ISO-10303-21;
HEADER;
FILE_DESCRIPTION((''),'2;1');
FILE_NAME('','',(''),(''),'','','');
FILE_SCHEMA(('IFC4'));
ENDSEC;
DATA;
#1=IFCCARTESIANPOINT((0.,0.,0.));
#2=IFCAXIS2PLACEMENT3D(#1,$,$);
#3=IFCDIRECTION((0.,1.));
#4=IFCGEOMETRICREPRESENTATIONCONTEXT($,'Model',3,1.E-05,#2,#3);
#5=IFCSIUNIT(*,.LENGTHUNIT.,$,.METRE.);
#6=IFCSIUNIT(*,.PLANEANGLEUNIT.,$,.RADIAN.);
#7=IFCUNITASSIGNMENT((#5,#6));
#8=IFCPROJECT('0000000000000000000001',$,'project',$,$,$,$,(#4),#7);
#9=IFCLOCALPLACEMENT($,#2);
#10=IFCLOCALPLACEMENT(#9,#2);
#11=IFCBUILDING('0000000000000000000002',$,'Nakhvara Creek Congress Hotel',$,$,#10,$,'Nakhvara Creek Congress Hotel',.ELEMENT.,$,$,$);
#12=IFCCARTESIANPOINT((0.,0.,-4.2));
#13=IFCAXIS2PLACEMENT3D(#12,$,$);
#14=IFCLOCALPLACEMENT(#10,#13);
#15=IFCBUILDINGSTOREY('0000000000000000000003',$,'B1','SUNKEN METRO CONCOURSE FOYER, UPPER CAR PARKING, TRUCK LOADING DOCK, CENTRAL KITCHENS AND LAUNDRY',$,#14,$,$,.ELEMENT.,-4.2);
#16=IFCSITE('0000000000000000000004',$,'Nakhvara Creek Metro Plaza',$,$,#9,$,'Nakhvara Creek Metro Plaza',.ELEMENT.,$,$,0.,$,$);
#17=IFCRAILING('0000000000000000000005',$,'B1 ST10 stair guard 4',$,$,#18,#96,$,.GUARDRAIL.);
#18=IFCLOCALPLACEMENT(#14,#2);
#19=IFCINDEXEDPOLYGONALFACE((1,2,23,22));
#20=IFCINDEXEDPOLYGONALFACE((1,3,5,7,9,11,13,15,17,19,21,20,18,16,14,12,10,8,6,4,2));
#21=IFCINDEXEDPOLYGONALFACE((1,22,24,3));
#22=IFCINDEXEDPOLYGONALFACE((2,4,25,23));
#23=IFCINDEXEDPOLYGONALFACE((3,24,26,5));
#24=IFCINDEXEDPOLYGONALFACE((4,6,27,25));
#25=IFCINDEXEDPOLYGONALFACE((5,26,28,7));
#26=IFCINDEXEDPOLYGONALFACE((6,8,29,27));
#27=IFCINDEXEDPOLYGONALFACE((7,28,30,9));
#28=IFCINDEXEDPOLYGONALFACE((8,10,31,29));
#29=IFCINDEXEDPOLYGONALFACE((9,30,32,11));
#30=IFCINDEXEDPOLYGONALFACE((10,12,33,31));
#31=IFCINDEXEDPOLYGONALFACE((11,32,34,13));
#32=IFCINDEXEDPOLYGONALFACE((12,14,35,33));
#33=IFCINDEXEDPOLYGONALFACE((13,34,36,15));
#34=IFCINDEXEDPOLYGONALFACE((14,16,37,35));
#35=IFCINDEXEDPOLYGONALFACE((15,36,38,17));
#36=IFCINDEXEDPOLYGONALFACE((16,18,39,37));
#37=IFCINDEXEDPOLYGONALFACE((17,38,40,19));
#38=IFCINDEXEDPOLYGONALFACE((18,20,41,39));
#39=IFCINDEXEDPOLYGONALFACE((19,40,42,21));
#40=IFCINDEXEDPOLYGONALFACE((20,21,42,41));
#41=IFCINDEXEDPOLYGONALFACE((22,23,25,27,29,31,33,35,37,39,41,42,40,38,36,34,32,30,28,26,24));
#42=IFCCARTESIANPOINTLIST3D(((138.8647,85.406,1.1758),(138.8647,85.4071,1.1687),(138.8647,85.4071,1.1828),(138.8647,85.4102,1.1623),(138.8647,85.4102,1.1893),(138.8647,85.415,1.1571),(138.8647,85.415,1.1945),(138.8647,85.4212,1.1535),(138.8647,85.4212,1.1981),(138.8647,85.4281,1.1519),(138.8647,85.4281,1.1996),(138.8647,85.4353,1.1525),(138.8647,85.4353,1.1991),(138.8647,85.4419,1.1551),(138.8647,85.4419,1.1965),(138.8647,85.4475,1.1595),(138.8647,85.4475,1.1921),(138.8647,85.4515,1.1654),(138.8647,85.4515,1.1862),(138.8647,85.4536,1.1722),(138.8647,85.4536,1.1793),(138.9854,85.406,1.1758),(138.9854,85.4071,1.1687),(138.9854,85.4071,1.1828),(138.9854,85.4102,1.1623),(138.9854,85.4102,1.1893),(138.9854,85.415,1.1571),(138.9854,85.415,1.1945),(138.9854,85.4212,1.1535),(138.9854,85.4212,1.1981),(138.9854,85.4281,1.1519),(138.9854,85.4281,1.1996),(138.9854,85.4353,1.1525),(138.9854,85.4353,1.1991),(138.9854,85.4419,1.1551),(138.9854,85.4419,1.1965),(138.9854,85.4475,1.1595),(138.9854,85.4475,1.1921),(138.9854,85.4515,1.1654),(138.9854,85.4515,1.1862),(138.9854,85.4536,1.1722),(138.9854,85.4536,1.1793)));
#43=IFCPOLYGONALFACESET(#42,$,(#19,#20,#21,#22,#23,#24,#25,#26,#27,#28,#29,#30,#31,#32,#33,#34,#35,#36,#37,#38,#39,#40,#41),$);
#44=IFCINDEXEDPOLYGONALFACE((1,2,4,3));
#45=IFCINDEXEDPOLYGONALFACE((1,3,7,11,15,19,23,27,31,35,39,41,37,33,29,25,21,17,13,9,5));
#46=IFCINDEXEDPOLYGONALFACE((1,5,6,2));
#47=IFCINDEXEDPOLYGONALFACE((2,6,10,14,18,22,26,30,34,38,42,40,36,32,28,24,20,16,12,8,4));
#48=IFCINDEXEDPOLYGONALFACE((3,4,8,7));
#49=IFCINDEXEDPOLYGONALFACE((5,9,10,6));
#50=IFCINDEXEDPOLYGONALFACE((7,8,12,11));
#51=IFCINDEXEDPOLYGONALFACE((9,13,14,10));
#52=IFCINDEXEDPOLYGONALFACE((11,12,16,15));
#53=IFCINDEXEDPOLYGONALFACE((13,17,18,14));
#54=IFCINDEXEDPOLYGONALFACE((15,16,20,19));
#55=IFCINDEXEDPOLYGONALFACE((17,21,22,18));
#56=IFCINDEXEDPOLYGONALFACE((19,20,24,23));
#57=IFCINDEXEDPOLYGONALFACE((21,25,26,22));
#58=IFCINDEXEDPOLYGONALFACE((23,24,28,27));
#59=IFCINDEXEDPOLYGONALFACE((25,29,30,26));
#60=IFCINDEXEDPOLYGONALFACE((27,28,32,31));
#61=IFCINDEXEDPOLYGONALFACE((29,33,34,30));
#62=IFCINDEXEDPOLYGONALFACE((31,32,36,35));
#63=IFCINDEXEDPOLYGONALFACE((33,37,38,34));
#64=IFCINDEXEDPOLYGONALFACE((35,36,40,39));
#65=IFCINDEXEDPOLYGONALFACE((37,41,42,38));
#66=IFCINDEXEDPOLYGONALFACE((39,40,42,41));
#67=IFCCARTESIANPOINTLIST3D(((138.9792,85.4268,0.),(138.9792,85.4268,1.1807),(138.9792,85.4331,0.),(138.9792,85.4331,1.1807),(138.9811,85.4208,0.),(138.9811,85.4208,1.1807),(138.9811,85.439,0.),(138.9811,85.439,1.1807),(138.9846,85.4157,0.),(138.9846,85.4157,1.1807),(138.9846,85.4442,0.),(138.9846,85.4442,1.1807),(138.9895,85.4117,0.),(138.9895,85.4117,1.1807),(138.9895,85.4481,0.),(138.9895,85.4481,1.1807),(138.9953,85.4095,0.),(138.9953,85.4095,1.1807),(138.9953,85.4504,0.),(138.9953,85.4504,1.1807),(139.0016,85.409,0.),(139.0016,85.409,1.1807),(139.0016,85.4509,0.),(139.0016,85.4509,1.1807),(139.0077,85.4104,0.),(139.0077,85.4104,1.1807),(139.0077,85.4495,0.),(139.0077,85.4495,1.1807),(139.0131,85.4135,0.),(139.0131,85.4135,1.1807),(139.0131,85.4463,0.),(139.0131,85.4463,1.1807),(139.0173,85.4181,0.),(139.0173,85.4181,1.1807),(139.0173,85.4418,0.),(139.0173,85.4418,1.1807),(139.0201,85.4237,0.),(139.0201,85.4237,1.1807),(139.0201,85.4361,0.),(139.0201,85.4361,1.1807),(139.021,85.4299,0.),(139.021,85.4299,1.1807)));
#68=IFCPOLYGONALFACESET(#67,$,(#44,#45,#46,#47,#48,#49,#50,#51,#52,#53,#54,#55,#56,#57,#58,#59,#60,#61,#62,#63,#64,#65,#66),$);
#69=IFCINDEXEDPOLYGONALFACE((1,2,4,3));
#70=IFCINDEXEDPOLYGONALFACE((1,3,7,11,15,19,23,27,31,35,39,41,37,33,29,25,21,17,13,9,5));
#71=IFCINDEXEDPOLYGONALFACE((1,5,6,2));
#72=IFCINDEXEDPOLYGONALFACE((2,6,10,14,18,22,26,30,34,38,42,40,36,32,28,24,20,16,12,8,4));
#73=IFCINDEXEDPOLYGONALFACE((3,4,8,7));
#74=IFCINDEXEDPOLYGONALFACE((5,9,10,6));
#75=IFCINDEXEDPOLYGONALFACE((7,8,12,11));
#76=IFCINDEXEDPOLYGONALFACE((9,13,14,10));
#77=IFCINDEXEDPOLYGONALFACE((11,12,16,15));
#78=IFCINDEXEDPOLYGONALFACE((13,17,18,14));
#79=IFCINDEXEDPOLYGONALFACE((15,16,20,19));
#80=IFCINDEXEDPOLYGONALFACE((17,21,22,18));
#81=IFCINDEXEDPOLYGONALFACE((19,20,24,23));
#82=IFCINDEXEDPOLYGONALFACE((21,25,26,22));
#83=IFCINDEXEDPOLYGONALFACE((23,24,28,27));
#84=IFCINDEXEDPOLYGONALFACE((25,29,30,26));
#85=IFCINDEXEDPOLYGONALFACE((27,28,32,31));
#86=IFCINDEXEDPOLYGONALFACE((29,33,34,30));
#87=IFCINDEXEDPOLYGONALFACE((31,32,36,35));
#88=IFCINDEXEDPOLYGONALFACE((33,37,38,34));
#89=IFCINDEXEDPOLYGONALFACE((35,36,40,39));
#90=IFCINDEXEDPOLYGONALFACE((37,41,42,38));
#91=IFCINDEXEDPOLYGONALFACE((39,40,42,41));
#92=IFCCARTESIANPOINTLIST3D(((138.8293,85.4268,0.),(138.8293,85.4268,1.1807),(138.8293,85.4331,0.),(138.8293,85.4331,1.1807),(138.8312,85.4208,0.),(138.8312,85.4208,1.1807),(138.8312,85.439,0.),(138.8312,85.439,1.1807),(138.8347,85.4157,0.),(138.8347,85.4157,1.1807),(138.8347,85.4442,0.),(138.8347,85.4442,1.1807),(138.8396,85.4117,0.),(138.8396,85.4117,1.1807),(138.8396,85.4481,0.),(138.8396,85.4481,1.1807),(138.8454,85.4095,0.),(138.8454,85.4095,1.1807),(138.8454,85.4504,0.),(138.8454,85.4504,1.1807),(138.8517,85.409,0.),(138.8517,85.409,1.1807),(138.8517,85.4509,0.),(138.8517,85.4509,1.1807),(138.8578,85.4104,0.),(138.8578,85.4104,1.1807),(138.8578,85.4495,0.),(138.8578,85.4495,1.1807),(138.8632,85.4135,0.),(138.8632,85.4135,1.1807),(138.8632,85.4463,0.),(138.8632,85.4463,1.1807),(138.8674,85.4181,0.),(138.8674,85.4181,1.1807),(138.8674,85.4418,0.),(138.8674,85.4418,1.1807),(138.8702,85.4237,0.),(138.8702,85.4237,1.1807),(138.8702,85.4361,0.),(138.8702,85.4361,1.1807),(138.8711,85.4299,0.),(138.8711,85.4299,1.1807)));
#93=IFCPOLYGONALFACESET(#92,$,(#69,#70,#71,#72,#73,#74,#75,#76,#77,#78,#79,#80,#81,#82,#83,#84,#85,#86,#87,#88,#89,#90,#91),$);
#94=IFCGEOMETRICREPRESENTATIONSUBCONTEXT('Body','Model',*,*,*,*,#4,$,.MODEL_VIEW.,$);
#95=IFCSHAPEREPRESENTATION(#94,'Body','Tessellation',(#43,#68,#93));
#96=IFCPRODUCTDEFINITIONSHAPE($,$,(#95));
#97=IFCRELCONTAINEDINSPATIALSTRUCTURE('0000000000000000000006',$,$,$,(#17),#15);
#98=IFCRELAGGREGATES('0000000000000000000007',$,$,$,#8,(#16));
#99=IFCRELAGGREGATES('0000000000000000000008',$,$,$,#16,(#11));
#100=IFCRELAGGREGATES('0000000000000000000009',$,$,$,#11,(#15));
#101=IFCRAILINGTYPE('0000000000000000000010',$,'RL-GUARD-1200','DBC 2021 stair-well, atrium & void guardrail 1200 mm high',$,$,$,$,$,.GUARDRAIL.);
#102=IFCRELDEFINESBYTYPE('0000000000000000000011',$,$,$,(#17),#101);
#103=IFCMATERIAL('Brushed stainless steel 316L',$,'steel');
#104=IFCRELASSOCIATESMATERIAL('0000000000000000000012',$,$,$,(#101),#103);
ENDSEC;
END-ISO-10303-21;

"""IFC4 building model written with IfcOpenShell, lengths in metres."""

from ifc_helpers import new_model, si_unit, direction, frame, origin, origin_2d, place, context, subcontext, project, spatial, circle, extrude, material, type_object, element, save


model = new_model("IFC4")

# Units and contexts
model_context = context("Model", 3, precision=1e-05, world=origin(), true_north=direction((0.0, 1.0)))
body_context = subcontext(model_context, "Body", "Model", "MODEL_VIEW")
ifc_project = project(units=[si_unit("LENGTHUNIT", "METRE"), si_unit("PLANEANGLEUNIT", "RADIAN")], contexts=[model_context])

# Site, building, storey
site_placement = place(None, origin())
site = spatial("IfcSite", under=ifc_project, at=site_placement, Name="Nakhvara Creek Metro Plaza", LongName="Nakhvara Creek Metro Plaza", CompositionType="ELEMENT", RefElevation=0.0)
building_placement = place(site_placement, origin())
building = spatial("IfcBuilding", under=site, at=building_placement, Name="Nakhvara Creek Congress Hotel", LongName="Nakhvara Creek Congress Hotel", CompositionType="ELEMENT")
storey_placement = place(building_placement, frame((0.0, 0.0, -4.2)))
storey = spatial("IfcBuildingStorey", under=building, at=storey_placement, Name="B1", Description="SUNKEN METRO CONCOURSE FOYER, UPPER CAR PARKING, TRUCK LOADING DOCK, CENTRAL KITCHENS AND LAUNDRY", CompositionType="ELEMENT", Elevation=-4.2)

# Railing
ifc_material_1 = material(Name="Brushed stainless steel 316L", Category="steel")
railing_type_1 = type_object("IfcRailingType", Name="RL-GUARD-1200", Description="DBC 2021 stair-well, atrium & void guardrail 1200 mm high", PredefinedType="GUARDRAIL", material=ifc_material_1)
railing_1_placement = place(storey_placement, frame((139.0, 85.4299, 0.0)))
element("IfcRailing", 1, at=railing_1_placement, inside=storey, type_object=railing_type_1, Name="B1 ST10 stair guard 4", PredefinedType="GUARDRAIL", context=body_context, shape_type="SweptSolid", body=[
    extrude(circle(Radius=0.0239, at=origin_2d()), frame((-0.0146, 0.0, 1.1758), z_axis=(-1.0, 0.0, 0.0), x_axis=(0.0, -1.0, 0.0)), (0.0, 0.0, 1.0), 0.1206),
    extrude(circle(Radius=0.021, at=origin_2d()), origin(), (0.0, 0.0, 1.0), 1.1807),
    extrude(circle(Radius=0.021, at=origin_2d()), frame((-0.1499, 0.0, 0.0)), (0.0, 0.0, 1.0), 1.1807),
])

save(model, "model.ifc")
